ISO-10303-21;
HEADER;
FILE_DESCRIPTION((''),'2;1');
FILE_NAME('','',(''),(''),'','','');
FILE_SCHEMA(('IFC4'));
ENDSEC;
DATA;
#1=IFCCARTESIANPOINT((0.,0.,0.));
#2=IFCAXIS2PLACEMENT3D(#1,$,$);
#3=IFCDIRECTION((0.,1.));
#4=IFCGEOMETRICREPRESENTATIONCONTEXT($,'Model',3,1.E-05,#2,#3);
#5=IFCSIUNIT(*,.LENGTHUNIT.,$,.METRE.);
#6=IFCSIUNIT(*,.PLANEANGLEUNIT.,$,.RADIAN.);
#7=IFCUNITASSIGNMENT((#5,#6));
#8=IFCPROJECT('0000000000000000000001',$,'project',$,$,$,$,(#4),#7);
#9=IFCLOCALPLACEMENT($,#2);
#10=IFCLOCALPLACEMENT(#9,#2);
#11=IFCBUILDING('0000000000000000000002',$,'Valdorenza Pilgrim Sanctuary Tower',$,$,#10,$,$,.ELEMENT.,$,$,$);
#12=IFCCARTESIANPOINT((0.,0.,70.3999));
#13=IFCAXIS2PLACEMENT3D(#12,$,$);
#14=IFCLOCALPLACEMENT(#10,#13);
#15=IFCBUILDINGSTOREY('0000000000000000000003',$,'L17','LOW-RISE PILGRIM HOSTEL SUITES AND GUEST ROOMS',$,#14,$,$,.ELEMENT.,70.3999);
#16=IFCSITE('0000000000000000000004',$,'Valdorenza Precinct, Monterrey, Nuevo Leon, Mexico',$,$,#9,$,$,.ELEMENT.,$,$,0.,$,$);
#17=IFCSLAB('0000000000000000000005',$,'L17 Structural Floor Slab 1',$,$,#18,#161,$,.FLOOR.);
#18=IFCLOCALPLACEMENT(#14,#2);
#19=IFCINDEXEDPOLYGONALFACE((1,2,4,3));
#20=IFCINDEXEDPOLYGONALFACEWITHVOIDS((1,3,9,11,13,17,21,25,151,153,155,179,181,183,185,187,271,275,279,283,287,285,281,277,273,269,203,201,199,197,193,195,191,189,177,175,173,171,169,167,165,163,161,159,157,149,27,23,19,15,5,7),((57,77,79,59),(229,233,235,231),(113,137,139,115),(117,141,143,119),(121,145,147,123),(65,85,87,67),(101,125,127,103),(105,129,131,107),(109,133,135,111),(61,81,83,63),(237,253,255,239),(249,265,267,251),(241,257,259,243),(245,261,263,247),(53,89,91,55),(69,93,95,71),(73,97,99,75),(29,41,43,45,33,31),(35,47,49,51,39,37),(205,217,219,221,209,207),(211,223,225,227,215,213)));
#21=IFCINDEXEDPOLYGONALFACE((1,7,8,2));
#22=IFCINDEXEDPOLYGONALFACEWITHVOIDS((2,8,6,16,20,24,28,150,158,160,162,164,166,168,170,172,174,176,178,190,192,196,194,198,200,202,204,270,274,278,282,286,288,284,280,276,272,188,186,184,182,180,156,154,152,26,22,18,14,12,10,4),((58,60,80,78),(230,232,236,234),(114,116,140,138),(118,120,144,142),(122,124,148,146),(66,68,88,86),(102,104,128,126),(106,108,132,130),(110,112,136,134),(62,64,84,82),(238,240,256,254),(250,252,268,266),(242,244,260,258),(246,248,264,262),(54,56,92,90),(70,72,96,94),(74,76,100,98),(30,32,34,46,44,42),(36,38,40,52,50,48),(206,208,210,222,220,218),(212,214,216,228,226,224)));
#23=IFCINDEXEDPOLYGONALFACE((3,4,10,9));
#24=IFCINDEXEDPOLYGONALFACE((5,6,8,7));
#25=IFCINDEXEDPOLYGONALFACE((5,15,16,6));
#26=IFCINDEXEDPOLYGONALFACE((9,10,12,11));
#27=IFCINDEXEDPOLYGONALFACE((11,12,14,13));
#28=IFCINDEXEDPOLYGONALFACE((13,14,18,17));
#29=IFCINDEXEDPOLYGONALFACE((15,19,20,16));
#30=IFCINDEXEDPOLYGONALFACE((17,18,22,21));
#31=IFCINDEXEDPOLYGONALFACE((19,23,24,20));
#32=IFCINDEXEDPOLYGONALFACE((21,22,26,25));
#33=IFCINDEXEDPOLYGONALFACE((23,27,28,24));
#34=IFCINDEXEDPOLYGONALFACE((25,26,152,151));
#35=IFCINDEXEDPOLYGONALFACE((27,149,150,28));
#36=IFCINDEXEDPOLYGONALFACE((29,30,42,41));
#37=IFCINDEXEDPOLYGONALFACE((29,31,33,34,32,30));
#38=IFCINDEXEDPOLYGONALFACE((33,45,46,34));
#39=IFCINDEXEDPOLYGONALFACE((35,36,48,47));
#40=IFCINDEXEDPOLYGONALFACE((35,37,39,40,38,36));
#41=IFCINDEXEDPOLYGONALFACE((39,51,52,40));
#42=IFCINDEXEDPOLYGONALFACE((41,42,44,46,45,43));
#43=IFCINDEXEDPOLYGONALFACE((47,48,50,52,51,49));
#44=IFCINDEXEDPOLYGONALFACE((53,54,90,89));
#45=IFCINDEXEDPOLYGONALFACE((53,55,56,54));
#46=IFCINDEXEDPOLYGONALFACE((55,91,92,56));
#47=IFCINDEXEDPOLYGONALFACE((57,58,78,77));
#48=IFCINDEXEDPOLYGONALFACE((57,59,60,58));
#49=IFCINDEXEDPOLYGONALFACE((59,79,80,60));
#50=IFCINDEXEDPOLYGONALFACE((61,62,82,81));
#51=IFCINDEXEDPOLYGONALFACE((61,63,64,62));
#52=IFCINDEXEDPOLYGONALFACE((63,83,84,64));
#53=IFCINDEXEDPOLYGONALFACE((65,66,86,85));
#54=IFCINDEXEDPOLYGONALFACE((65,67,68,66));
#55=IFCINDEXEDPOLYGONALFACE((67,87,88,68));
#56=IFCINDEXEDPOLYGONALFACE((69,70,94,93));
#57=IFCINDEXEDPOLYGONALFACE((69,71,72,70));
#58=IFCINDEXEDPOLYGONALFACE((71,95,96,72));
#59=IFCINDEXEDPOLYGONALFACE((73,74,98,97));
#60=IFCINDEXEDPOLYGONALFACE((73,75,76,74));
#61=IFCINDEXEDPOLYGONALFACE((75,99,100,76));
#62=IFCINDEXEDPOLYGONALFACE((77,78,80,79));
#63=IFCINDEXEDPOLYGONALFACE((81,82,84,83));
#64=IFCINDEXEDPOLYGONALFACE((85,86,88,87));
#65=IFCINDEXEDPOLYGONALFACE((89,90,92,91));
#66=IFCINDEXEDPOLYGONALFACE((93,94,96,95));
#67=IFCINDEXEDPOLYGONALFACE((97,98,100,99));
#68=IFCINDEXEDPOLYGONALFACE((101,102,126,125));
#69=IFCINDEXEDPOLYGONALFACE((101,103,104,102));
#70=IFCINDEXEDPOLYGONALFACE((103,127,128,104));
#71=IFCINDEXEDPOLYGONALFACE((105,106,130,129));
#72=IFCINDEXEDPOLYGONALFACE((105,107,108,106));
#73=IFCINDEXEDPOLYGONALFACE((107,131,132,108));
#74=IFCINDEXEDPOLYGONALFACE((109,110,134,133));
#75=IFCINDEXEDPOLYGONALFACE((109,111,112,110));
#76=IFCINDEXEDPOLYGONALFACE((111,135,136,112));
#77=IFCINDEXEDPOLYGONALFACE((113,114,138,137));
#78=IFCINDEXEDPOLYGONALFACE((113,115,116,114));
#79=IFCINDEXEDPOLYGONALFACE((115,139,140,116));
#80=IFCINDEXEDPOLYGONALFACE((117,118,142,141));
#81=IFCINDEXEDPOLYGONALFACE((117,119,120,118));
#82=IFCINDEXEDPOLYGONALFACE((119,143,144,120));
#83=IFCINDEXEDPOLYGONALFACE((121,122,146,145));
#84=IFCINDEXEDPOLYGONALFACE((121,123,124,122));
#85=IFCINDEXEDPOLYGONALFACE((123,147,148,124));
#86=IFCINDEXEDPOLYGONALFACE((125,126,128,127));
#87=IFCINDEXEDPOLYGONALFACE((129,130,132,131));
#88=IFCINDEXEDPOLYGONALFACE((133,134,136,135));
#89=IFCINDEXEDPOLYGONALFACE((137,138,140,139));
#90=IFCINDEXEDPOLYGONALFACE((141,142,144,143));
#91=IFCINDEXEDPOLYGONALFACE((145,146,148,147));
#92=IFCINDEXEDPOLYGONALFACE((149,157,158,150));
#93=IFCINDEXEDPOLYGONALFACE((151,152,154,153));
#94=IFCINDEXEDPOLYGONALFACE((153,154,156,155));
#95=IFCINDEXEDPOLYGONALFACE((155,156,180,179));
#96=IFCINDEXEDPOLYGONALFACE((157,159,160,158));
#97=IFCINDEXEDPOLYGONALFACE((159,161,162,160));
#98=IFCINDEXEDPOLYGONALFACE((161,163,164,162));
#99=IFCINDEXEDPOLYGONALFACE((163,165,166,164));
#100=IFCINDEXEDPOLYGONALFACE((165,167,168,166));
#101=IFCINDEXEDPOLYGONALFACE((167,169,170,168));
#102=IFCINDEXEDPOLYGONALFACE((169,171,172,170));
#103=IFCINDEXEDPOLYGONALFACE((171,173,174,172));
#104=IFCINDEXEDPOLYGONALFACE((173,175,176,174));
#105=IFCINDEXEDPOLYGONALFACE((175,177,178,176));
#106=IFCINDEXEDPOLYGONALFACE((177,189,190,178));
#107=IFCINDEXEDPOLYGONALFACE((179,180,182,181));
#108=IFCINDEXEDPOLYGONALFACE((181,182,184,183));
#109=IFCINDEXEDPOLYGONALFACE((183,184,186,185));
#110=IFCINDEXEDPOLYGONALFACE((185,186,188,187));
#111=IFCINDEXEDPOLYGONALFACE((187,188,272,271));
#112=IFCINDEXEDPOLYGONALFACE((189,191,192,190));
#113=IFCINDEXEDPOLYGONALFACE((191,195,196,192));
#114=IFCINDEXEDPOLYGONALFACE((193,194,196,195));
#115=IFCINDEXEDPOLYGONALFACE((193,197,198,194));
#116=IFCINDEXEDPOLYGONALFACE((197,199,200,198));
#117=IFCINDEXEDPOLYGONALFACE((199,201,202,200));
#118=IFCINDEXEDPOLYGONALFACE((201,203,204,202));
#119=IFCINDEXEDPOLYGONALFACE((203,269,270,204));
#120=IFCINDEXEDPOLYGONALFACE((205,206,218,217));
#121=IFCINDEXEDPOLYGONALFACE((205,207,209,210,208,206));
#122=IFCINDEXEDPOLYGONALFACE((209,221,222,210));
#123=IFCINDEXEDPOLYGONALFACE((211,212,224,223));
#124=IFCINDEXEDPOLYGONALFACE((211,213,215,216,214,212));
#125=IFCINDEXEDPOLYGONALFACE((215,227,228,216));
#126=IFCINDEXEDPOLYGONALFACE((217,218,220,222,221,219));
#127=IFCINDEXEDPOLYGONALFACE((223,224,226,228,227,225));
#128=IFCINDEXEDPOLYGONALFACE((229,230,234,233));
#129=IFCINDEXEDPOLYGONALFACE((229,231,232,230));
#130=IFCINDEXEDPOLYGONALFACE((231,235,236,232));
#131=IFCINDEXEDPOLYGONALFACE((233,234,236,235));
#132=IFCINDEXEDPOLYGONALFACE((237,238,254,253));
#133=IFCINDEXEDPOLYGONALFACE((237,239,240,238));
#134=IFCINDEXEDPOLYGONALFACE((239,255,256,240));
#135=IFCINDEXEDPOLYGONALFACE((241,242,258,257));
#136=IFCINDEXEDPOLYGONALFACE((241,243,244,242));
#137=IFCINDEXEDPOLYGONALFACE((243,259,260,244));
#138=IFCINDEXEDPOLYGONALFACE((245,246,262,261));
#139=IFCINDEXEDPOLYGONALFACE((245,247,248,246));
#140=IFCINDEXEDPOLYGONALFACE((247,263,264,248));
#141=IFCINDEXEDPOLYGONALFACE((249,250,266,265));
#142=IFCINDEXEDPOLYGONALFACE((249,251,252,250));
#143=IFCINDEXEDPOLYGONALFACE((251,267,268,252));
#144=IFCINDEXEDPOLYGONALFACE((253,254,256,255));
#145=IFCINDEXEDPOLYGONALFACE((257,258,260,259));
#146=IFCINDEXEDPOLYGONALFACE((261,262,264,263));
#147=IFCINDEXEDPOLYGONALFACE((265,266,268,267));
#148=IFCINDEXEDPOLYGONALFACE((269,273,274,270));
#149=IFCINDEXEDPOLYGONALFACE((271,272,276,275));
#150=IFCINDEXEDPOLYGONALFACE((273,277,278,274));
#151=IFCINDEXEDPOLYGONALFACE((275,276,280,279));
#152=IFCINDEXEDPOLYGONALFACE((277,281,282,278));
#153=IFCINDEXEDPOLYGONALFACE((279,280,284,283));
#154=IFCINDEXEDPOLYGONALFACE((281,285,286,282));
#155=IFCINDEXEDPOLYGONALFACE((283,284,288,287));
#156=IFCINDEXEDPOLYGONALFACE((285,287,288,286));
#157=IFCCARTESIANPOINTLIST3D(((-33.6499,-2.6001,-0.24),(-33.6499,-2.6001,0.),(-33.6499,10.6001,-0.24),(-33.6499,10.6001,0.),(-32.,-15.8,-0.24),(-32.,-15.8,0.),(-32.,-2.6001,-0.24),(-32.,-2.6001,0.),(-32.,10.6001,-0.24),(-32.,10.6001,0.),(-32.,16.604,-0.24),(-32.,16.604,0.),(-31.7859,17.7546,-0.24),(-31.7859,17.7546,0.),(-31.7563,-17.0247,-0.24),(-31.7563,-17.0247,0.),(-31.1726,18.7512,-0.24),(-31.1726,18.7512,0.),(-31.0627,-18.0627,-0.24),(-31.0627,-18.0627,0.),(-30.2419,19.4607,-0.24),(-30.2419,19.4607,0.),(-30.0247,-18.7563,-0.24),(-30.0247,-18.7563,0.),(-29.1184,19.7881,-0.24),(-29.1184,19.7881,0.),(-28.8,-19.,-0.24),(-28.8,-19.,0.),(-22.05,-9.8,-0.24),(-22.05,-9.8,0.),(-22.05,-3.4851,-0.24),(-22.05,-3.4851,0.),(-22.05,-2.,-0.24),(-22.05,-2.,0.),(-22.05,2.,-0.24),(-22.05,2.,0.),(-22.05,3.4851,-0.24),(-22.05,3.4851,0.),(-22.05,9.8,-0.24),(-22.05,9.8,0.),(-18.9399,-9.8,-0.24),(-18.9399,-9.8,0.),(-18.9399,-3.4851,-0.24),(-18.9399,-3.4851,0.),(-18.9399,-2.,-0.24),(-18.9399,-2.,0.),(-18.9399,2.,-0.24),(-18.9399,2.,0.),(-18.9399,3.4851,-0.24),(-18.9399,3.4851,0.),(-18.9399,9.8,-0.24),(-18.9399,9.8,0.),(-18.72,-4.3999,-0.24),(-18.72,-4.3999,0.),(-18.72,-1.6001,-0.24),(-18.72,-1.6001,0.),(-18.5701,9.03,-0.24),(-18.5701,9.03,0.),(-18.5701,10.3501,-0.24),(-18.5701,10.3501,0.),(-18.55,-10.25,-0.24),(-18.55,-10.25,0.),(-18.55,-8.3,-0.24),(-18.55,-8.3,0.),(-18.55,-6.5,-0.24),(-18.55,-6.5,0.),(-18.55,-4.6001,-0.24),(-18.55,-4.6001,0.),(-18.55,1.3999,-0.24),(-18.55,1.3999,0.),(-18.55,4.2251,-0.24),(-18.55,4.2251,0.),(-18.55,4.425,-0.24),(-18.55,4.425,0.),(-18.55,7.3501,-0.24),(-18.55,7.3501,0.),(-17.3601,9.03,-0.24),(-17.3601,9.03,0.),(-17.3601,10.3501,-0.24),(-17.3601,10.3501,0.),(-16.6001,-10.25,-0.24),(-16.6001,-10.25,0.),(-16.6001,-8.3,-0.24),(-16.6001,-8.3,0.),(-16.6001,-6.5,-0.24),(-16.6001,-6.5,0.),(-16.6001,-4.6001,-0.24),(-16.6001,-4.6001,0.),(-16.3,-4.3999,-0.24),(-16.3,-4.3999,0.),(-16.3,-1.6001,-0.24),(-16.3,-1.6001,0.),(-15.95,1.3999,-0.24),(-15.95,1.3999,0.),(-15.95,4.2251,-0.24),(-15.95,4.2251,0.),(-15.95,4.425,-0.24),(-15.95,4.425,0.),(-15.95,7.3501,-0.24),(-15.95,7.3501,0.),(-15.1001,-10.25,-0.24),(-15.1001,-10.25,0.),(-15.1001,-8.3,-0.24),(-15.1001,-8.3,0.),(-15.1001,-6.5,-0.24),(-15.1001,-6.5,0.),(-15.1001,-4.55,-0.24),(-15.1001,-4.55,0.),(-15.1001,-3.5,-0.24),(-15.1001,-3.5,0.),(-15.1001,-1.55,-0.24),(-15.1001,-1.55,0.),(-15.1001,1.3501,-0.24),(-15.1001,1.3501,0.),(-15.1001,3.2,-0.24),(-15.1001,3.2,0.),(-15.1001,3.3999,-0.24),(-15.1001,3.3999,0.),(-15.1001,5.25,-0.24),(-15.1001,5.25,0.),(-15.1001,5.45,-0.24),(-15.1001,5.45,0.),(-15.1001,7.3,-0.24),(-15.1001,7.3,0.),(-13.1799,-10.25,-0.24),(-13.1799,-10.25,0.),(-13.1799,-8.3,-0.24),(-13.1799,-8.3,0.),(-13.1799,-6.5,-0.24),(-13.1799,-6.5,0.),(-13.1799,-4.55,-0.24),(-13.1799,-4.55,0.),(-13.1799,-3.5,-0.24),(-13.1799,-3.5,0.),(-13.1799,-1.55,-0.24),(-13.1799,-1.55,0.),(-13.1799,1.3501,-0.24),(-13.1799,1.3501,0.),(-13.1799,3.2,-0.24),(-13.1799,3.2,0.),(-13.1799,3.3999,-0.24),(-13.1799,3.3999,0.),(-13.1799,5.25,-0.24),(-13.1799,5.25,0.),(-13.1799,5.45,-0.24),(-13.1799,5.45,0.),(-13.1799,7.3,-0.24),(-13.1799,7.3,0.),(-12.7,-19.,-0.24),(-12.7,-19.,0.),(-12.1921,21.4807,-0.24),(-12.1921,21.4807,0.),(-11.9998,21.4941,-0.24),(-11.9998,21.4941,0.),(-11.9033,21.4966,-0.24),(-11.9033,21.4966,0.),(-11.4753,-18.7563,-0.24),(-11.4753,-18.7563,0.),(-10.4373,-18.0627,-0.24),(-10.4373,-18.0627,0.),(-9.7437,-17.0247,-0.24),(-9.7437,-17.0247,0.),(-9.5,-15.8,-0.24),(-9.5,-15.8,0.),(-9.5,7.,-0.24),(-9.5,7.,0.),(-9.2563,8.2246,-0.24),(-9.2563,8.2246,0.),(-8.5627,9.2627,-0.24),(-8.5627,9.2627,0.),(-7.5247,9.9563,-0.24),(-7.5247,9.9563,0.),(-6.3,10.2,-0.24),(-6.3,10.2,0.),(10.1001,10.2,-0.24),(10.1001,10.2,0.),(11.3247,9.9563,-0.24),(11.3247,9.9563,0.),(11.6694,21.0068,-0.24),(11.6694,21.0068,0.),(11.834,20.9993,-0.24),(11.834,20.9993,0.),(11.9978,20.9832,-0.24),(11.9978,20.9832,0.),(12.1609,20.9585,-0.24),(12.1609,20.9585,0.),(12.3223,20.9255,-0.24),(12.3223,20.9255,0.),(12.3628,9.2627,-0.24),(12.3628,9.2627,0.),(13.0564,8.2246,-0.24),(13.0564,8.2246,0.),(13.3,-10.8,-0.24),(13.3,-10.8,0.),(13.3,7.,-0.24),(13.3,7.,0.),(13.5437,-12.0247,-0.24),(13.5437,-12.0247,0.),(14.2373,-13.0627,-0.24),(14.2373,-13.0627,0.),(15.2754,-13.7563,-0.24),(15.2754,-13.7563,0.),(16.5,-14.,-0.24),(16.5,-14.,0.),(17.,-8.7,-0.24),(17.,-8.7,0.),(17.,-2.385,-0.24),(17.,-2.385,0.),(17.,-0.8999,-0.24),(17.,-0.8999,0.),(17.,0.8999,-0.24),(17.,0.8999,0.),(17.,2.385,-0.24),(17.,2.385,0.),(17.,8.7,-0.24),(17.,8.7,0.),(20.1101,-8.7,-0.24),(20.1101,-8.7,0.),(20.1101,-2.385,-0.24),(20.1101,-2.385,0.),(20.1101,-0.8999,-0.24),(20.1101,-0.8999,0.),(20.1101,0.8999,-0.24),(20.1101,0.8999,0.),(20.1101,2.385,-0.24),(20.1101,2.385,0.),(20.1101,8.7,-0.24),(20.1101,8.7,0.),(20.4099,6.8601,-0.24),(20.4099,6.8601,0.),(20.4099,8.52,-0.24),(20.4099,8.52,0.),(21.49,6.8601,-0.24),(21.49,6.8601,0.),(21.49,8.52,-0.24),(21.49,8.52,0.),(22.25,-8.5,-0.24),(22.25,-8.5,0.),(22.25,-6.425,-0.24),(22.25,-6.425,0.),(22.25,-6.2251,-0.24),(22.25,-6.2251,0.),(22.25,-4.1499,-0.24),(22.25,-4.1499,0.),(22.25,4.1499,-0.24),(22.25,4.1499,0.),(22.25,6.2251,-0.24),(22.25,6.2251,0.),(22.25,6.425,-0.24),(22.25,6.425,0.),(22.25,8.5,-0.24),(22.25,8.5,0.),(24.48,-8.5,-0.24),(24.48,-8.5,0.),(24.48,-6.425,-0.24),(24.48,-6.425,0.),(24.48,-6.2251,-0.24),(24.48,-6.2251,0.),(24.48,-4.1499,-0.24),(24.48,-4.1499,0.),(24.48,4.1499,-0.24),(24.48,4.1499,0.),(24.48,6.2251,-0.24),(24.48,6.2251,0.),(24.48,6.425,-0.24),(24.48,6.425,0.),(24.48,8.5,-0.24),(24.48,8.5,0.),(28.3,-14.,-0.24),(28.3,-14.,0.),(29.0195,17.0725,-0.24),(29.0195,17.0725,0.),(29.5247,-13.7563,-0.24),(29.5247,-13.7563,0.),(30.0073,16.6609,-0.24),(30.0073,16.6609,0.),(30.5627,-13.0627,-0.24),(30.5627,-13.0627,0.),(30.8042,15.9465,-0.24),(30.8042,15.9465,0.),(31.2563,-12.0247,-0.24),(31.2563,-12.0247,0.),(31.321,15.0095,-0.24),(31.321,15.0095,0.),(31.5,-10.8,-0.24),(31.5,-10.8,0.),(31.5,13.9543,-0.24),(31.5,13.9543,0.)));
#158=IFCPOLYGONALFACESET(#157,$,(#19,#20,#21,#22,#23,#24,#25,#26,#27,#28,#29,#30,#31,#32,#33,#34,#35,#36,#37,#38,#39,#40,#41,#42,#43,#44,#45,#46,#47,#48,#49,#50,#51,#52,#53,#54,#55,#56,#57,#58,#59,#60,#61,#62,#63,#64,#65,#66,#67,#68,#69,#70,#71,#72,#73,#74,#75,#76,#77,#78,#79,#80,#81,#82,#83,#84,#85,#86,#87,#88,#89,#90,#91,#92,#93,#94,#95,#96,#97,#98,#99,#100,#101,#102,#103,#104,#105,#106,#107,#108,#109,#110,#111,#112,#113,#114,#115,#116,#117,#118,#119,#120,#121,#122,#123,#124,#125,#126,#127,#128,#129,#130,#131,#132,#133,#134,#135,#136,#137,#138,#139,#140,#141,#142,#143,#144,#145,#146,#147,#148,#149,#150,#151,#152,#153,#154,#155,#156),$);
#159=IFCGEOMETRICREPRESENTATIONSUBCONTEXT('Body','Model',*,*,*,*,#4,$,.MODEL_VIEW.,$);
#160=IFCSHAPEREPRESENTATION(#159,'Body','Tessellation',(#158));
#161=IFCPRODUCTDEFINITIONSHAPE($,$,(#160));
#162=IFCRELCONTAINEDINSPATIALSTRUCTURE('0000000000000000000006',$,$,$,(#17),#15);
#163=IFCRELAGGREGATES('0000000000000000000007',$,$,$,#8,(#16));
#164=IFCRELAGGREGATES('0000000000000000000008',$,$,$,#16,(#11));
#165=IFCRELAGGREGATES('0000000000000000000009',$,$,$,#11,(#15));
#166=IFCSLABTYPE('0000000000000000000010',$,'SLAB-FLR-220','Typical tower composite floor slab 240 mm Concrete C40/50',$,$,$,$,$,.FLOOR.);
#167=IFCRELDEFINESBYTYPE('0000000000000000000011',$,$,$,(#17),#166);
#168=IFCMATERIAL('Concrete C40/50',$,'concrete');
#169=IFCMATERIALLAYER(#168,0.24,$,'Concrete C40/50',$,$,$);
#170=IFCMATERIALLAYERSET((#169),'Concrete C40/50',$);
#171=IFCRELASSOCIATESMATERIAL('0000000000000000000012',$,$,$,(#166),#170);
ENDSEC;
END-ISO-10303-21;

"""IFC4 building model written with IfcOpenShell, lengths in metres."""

from ifc_helpers import new_model, si_unit, direction, frame, origin, place, context, subcontext, project, spatial, polyline, outline, extrude, material, layer, layer_set, type_object, element, save


model = new_model("IFC4")

# Units and contexts
model_context = context("Model", 3, precision=1e-05, world=origin(), true_north=direction((0.0, 1.0)))
body_context = subcontext(model_context, "Body", "Model", "MODEL_VIEW")
ifc_project = project(units=[si_unit("LENGTHUNIT", "METRE"), si_unit("PLANEANGLEUNIT", "RADIAN")], contexts=[model_context])

# Site, building, storey
site_placement = place(None, origin())
site = spatial("IfcSite", under=ifc_project, at=site_placement, Name="Valdorenza Precinct, Monterrey, Nuevo Leon, Mexico", CompositionType="ELEMENT", RefElevation=0.0)
building_placement = place(site_placement, origin())
building = spatial("IfcBuilding", under=site, at=building_placement, Name="Valdorenza Pilgrim Sanctuary Tower", CompositionType="ELEMENT")
storey_placement = place(building_placement, frame((0.0, 0.0, 70.3999)))
storey = spatial("IfcBuildingStorey", under=building, at=storey_placement, Name="L17", Description="LOW-RISE PILGRIM HOSTEL SUITES AND GUEST ROOMS", CompositionType="ELEMENT", Elevation=70.3999)

# Slab
ifc_material_1 = material(Name="Concrete C40/50", Category="concrete")
ifc_layer_1 = layer(ifc_material_1, 0.24, Name="Concrete C40/50")
ifc_layer_set_1 = layer_set([ifc_layer_1], Name="Concrete C40/50")
slab_type_1 = type_object("IfcSlabType", Name="SLAB-FLR-220", Description="Typical tower composite floor slab 240 mm Concrete C40/50", PredefinedType="FLOOR", material=ifc_layer_set_1)
slab_1_placement = place(storey_placement, frame((0.0, 0.0, -0.24)))
element("IfcSlab", 1, at=slab_1_placement, inside=storey, type_object=slab_type_1, Name="L17 Structural Floor Slab 1", PredefinedType="FLOOR", context=body_context, shape_type="SweptSolid", body=[
    extrude(outline(polyline([(-31.7859, 17.7546), (-31.1726, 18.7512), (-30.2419, 19.4607), (-29.1184, 19.7881), (-12.1921, 21.4807), (-11.9998, 21.4941), (-11.9033, 21.4966), (11.6694, 21.0068), (11.834, 20.9993), (11.9978, 20.9832), (12.1609, 20.9585), (12.3223, 20.9255), (29.0195, 17.0725), (30.0073, 16.6609), (30.8042, 15.9465), (31.321, 15.0095), (31.5, 13.9543), (31.5, -10.8), (31.2563, -12.0247), (30.5627, -13.0627), (29.5247, -13.7563), (28.3, -14.0), (16.5, -14.0), (15.2754, -13.7563), (14.2373, -13.0627), (13.5437, -12.0247), (13.3, -10.8), (13.3, 7.0), (13.0564, 8.2246), (12.3628, 9.2627), (11.3247, 9.9563), (10.1001, 10.2), (-6.3, 10.2), (-7.5247, 9.9563), (-8.5627, 9.2627), (-9.2563, 8.2246), (-9.5, 7.0), (-9.5, -15.8), (-9.7437, -17.0247), (-10.4373, -18.0627), (-11.4753, -18.7563), (-12.7, -19.0), (-28.8, -19.0), (-30.0247, -18.7563), (-31.0627, -18.0627), (-31.7563, -17.0247), (-32.0, -15.8), (-32.0, -2.6001), (-33.6499, -2.6001), (-33.6499, 10.6001), (-32.0, 10.6001), (-32.0, 16.604), (-31.7859, 17.7546)]), holes=[polyline([(-16.6001, -10.25), (-16.6001, -8.3), (-18.55, -8.3), (-18.55, -10.25), (-16.6001, -10.25)]), polyline([(-22.05, -9.8), (-18.9399, -9.8), (-18.9399, -3.4851), (-18.9399, -2.0), (-22.05, -2.0), (-22.05, -3.4851), (-22.05, -9.8)]), polyline([(-18.55, -6.5), (-16.6001, -6.5), (-16.6001, -4.6001), (-18.55, -4.6001), (-18.55, -6.5)]), polyline([(-13.1799, -6.5), (-13.1799, -4.55), (-15.1001, -4.55), (-15.1001, -6.5), (-13.1799, -6.5)]), polyline([(-18.72, -4.3999), (-16.3, -4.3999), (-16.3, -1.6001), (-18.72, -1.6001), (-18.72, -4.3999)]), polyline([(-13.1799, -3.5), (-13.1799, -1.55), (-15.1001, -1.55), (-15.1001, -3.5), (-13.1799, -3.5)]), polyline([(-22.05, 2.0), (-18.9399, 2.0), (-18.9399, 3.4851), (-18.9399, 9.8), (-22.05, 9.8), (-22.05, 3.4851), (-22.05, 2.0)]), polyline([(-18.55, 1.3999), (-15.95, 1.3999), (-15.95, 4.2251), (-18.55, 4.2251), (-18.55, 1.3999)]), polyline([(-15.95, 4.425), (-15.95, 7.3501), (-18.55, 7.3501), (-18.55, 4.425), (-15.95, 4.425)]), polyline([(-15.1001, 5.45), (-13.1799, 5.45), (-13.1799, 7.3), (-15.1001, 7.3), (-15.1001, 5.45)]), polyline([(-17.3601, 9.03), (-17.3601, 10.3501), (-18.5701, 10.3501), (-18.5701, 9.03), (-17.3601, 9.03)]), polyline([(-15.1001, -10.25), (-13.1799, -10.25), (-13.1799, -8.3), (-15.1001, -8.3), (-15.1001, -10.25)]), polyline([(22.25, -8.5), (24.48, -8.5), (24.48, -6.425), (22.25, -6.425), (22.25, -8.5)]), polyline([(17.0, -2.385), (17.0, -8.7), (20.1101, -8.7), (20.1101, -2.385), (20.1101, -0.8999), (17.0, -0.8999), (17.0, -2.385)]), polyline([(22.25, -6.2251), (24.48, -6.2251), (24.48, -4.1499), (22.25, -4.1499), (22.25, -6.2251)]), polyline([(17.0, 0.8999), (20.1101, 0.8999), (20.1101, 2.385), (20.1101, 8.7), (17.0, 8.7), (17.0, 2.385), (17.0, 0.8999)]), polyline([(-15.1001, 1.3501), (-13.1799, 1.3501), (-13.1799, 3.2), (-15.1001, 3.2), (-15.1001, 1.3501)]), polyline([(-15.1001, 3.3999), (-13.1799, 3.3999), (-13.1799, 5.25), (-15.1001, 5.25), (-15.1001, 3.3999)]), polyline([(22.25, 4.1499), (24.48, 4.1499), (24.48, 6.2251), (22.25, 6.2251), (22.25, 4.1499)]), polyline([(22.25, 6.425), (24.48, 6.425), (24.48, 8.5), (22.25, 8.5), (22.25, 6.425)]), polyline([(20.4099, 6.8601), (21.49, 6.8601), (21.49, 8.52), (20.4099, 8.52), (20.4099, 6.8601)])]), origin(), (0.0, 0.0, 1.0), 0.24),
])

save(model, "model.ifc")
